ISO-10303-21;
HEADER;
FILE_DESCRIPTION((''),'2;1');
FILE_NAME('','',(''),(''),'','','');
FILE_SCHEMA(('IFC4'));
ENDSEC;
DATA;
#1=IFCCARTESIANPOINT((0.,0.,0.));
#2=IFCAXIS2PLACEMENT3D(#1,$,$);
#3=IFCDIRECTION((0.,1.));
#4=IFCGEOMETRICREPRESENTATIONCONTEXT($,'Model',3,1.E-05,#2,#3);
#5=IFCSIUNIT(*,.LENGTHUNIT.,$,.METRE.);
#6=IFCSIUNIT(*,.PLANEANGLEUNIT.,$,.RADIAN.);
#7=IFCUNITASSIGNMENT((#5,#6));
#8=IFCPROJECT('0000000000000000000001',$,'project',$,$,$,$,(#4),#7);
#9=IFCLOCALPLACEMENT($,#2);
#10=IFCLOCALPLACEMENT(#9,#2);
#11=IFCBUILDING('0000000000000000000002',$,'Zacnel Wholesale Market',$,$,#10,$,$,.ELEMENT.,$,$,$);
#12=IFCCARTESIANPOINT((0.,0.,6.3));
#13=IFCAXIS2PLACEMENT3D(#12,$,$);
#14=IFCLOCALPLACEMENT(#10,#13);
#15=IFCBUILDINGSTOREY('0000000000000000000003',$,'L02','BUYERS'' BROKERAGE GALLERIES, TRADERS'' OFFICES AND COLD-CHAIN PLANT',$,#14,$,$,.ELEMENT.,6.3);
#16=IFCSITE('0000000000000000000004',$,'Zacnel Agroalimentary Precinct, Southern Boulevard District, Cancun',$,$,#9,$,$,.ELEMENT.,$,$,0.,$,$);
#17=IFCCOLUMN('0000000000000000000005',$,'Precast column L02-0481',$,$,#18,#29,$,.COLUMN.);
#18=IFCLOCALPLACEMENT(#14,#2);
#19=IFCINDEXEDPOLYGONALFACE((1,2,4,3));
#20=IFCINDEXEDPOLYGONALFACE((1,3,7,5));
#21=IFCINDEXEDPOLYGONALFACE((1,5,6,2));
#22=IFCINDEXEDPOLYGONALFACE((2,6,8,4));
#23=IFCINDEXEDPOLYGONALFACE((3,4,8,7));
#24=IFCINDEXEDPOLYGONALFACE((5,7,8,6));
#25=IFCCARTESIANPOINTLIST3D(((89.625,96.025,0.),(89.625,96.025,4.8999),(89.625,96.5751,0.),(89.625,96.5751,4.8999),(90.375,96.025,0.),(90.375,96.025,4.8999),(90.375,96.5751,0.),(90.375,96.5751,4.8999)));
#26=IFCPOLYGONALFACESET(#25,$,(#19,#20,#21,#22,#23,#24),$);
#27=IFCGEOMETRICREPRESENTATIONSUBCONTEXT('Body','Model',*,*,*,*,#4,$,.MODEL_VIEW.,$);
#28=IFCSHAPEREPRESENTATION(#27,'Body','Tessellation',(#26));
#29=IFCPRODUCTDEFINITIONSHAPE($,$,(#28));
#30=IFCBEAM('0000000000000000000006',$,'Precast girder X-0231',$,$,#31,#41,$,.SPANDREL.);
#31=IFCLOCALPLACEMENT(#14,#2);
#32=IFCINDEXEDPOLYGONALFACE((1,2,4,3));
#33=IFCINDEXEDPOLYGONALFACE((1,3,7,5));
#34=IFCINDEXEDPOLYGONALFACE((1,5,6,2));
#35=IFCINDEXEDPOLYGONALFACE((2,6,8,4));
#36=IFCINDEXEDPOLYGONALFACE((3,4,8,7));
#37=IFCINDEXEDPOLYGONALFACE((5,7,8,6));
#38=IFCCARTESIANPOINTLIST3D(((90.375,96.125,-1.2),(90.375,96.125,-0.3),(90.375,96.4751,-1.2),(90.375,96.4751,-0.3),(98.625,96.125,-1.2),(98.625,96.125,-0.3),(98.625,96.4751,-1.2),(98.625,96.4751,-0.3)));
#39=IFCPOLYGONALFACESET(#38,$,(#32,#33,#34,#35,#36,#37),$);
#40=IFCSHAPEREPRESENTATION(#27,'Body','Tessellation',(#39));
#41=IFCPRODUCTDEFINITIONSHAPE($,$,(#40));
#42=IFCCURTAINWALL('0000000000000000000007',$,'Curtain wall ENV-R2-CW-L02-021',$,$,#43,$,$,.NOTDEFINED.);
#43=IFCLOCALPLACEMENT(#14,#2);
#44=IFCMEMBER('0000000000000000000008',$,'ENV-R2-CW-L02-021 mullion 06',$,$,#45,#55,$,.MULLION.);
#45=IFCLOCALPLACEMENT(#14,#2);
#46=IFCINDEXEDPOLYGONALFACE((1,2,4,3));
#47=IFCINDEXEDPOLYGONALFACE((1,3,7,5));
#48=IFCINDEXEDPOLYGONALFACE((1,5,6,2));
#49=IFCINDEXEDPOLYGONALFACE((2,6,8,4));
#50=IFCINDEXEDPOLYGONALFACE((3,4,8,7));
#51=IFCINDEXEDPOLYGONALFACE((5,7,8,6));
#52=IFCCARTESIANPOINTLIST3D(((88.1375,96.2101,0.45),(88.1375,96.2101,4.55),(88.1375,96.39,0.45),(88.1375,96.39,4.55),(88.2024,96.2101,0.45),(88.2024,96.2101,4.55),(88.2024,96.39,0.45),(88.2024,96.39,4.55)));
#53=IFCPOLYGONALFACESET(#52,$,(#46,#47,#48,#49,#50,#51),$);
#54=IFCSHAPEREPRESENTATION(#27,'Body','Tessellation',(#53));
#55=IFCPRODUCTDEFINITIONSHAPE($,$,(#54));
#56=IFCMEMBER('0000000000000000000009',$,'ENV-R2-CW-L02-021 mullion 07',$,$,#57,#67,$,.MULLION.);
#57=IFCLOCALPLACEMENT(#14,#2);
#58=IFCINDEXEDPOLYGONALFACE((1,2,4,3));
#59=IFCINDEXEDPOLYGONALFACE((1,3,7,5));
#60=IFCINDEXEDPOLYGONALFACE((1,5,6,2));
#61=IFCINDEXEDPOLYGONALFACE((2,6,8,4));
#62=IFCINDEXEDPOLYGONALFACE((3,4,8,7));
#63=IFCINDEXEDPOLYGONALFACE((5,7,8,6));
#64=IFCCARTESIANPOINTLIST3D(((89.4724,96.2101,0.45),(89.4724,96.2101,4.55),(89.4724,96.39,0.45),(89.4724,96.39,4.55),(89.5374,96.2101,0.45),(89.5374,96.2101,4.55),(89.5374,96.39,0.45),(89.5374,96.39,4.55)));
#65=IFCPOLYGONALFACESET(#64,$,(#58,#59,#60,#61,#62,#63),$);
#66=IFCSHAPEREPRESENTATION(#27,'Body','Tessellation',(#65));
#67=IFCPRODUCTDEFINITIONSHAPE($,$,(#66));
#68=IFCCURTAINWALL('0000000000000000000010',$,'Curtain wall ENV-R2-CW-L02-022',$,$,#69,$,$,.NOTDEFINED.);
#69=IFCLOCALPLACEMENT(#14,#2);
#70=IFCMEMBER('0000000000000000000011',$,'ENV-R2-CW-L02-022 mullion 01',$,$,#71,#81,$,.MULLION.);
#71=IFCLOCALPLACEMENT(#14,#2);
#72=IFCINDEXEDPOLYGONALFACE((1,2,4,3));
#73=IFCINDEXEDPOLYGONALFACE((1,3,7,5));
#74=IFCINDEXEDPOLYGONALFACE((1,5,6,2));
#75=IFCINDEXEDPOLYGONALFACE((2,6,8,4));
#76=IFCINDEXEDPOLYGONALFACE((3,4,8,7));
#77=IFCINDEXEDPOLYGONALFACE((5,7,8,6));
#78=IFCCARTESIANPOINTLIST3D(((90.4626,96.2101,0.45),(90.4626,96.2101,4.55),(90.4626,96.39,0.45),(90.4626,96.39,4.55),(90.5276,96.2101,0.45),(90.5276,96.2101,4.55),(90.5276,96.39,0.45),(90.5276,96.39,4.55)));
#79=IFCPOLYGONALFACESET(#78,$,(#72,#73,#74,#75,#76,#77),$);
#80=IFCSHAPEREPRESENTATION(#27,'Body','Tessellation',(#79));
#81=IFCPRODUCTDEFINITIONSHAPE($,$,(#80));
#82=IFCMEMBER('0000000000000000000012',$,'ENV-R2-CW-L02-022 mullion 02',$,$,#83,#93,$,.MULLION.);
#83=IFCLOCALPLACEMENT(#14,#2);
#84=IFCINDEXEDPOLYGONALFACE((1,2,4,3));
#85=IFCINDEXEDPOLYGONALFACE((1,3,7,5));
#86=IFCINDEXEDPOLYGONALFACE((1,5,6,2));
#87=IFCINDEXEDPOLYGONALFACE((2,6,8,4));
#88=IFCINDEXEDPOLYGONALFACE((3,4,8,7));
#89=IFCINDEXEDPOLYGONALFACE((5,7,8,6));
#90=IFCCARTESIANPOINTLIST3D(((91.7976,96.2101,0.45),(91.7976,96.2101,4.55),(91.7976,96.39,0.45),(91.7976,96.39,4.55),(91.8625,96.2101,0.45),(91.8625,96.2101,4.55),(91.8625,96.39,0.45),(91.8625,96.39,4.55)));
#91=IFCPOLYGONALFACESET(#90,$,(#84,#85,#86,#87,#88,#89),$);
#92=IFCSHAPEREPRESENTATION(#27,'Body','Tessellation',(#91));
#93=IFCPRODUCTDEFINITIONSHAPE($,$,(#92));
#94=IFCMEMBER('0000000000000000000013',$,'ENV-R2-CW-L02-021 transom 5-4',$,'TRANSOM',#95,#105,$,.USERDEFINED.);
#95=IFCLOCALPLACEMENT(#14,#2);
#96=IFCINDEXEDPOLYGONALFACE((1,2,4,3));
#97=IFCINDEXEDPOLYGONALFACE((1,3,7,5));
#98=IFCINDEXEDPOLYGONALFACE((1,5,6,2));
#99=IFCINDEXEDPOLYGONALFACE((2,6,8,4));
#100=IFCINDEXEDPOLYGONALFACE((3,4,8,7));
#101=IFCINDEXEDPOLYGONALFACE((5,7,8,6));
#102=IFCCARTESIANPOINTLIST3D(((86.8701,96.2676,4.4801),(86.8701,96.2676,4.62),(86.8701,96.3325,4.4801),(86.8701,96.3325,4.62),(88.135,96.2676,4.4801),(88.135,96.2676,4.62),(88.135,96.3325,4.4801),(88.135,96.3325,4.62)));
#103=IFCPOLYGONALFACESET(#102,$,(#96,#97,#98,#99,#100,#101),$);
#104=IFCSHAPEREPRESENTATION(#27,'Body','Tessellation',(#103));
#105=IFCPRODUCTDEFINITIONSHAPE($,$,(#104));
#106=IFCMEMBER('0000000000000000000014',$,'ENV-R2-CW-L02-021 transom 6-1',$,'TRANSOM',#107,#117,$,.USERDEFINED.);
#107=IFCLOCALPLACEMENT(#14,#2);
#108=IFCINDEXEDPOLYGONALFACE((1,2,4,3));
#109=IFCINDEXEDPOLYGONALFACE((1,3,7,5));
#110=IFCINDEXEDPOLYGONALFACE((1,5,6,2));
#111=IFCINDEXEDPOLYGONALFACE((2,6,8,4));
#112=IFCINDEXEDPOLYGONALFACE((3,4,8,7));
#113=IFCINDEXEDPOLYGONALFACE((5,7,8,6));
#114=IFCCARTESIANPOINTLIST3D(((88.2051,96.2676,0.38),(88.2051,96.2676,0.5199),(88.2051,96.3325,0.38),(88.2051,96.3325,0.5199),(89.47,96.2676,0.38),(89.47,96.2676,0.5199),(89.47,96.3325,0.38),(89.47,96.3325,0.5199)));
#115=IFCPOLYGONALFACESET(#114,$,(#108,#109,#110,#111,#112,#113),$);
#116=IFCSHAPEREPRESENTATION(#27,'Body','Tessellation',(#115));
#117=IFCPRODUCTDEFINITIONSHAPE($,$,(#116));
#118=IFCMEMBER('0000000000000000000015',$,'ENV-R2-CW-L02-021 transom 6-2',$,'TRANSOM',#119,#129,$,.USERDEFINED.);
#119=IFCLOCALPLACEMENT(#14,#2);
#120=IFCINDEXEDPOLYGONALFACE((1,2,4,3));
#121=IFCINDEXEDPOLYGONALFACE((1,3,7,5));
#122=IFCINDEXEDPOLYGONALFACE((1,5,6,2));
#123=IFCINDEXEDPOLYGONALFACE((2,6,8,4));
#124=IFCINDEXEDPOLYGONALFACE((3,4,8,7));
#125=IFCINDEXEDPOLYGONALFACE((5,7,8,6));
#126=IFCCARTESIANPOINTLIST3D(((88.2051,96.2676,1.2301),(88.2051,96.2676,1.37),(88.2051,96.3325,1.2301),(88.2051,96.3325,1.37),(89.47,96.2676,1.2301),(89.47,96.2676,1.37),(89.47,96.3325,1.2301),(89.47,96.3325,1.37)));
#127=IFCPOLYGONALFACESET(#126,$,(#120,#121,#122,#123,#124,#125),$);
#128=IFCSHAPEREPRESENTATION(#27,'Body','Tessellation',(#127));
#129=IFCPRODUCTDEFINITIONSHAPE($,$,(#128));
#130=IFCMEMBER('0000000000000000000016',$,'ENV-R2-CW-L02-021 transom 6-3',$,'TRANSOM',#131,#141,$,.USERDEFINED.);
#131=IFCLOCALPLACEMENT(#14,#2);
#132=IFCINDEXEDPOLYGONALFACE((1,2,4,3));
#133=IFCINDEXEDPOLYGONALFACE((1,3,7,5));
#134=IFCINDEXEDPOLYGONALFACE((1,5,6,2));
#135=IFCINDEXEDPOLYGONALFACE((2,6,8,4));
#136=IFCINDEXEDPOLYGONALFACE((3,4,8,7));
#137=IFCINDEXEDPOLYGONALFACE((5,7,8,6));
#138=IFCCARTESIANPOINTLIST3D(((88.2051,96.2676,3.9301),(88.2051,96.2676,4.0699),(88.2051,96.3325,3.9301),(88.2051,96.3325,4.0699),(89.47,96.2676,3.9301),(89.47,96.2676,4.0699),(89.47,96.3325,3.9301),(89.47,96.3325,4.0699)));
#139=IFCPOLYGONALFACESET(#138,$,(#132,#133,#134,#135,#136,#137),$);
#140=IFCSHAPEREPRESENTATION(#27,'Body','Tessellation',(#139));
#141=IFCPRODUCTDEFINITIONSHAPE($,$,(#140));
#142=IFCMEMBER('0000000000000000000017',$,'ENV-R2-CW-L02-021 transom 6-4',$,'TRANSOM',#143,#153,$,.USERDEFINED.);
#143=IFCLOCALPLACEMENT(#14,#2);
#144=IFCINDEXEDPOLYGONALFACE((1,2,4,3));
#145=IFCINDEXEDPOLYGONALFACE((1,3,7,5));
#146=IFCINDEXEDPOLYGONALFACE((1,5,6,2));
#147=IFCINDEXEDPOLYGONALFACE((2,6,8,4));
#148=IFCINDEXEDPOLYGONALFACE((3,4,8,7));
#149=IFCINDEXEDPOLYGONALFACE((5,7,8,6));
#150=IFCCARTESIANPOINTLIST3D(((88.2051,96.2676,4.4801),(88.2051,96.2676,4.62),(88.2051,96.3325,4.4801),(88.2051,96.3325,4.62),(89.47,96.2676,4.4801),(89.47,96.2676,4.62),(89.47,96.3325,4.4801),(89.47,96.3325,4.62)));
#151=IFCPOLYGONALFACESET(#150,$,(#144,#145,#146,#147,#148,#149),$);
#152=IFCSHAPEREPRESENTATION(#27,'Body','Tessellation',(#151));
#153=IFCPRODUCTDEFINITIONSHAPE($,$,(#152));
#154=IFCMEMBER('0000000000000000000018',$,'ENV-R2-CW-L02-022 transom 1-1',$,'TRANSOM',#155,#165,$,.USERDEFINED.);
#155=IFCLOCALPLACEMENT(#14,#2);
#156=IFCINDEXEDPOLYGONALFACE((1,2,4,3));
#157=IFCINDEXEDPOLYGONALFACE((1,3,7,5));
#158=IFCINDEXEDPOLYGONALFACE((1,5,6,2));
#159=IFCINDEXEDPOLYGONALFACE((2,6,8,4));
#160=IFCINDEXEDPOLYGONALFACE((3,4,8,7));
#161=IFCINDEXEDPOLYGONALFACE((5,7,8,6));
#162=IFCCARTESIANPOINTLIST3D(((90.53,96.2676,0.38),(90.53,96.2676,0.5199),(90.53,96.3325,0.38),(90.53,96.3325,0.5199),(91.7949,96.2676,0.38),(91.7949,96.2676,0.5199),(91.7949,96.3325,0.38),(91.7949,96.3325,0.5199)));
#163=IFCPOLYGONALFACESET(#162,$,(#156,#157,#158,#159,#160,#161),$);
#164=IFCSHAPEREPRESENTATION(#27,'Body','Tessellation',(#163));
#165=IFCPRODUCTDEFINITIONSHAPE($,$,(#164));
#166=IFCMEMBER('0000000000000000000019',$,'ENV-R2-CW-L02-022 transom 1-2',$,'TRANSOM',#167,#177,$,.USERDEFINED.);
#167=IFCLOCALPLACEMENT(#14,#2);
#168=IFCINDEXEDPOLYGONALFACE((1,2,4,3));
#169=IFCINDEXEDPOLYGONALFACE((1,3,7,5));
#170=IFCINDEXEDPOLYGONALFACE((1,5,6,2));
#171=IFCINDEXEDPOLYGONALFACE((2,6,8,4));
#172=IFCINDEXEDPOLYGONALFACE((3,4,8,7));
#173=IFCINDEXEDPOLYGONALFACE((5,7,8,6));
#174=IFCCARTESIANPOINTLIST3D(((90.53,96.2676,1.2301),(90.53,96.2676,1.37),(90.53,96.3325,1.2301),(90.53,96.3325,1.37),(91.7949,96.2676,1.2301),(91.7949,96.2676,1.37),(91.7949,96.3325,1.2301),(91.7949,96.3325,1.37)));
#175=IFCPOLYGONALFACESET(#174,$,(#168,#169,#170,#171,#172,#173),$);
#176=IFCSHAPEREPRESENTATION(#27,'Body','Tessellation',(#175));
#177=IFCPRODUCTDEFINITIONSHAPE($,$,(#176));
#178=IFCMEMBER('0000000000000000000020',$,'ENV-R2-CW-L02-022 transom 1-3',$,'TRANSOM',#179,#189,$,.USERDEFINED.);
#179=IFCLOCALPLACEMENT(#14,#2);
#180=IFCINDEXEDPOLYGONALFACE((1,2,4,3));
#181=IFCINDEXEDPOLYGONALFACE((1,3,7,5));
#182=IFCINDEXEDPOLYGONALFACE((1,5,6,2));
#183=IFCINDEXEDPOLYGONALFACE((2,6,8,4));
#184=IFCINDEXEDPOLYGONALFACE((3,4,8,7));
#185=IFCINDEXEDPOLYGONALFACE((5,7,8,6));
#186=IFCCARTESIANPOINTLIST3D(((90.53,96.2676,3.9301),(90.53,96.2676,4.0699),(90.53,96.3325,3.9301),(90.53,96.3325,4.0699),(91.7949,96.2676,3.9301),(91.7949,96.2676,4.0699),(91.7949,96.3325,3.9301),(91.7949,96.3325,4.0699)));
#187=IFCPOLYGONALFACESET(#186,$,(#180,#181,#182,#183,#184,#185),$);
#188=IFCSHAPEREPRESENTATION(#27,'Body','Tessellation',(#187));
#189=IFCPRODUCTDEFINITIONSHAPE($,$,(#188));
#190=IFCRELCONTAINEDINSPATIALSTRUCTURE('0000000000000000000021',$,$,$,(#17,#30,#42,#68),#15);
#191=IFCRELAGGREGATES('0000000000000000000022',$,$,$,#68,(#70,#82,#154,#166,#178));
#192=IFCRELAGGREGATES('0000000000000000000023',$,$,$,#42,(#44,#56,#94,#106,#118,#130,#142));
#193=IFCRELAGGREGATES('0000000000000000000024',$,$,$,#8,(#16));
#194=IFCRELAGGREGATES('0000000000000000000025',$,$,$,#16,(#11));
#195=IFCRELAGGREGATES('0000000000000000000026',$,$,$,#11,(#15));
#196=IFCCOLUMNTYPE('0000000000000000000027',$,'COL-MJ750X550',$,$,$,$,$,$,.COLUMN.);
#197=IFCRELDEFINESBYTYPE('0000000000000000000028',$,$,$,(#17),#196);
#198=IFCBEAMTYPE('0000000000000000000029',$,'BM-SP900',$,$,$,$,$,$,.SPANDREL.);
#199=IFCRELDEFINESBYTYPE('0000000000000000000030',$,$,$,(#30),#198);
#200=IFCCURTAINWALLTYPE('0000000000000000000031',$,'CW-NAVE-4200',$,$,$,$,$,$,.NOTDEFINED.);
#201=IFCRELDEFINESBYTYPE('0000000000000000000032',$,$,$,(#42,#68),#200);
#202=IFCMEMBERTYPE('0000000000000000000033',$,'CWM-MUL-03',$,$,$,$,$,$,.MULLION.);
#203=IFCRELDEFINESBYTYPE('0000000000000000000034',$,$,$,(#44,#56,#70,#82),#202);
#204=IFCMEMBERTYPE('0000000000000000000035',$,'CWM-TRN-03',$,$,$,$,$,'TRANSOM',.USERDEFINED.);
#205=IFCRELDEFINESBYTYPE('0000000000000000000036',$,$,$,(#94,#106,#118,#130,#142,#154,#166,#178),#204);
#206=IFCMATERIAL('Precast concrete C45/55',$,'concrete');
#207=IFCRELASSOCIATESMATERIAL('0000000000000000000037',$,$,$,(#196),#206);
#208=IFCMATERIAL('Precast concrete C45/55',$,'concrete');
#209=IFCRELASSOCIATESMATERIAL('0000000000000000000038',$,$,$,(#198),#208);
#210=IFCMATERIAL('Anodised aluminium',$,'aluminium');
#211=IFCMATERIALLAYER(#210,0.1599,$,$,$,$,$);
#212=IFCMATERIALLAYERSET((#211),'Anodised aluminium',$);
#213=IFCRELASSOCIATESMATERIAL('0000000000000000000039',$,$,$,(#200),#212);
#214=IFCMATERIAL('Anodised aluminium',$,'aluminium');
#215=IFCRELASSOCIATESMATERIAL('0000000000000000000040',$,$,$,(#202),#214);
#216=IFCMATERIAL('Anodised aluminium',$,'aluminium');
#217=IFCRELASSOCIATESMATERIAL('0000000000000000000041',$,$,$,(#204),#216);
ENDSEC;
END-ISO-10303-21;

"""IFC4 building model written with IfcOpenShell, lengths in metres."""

from ifc_helpers import new_model, si_unit, direction, frame, origin, origin_2d, place, context, subcontext, project, spatial, rectangle, extrude, material, layer, layer_set, material_profile, profile_set, type_object, element, aggregate, save


model = new_model("IFC4")

# Units and contexts
model_context = context("Model", 3, precision=1e-05, world=origin(), true_north=direction((0.0, 1.0)))
body_context = subcontext(model_context, "Body", "Model", "MODEL_VIEW")
ifc_project = project(units=[si_unit("LENGTHUNIT", "METRE"), si_unit("PLANEANGLEUNIT", "RADIAN")], contexts=[model_context])

# Site, building, storey
site_placement = place(None, origin())
site = spatial("IfcSite", under=ifc_project, at=site_placement, Name="Zacnel Agroalimentary Precinct, Southern Boulevard District, Cancun", CompositionType="ELEMENT", RefElevation=0.0)
building_placement = place(site_placement, origin())
building = spatial("IfcBuilding", under=site, at=building_placement, Name="Zacnel Wholesale Market", CompositionType="ELEMENT")
storey_placement = place(building_placement, frame((0.0, 0.0, 6.3)))
storey = spatial("IfcBuildingStorey", under=building, at=storey_placement, Name="L02", Description="BUYERS' BROKERAGE GALLERIES, TRADERS' OFFICES AND COLD-CHAIN PLANT", CompositionType="ELEMENT", Elevation=6.3)

# Column
ifc_material_1 = material(Name="Precast concrete C45/55", Category="concrete")
ifc_material_profile_1 = material_profile(ifc_material_1, rectangle(XDim=0.75, YDim=0.55, at=origin_2d()), Name="PC 750x550")
ifc_profile_set_1 = profile_set([ifc_material_profile_1], Name="Precast concrete C45/55")
column_type = type_object("IfcColumnType", Name="COL-MJ750X550", PredefinedType="COLUMN", material=ifc_profile_set_1)
column_placement = place(storey_placement, frame((90.0, 96.3, 0.0), z_axis=(0.0, 0.0, 1.0), x_axis=(1.0, 0.0, 0.0)))
element("IfcColumn", 1, at=column_placement, inside=storey, type_object=column_type, Name="Precast column L02-0481", PredefinedType="COLUMN", context=body_context, shape_type="SweptSolid", body=[
    extrude(rectangle(XDim=0.75, YDim=0.55, at=origin_2d()), origin(), (0.0, 0.0, 1.0), 4.8999),
])

# Beam
ifc_material_2 = material(Name="Precast concrete C45/55", Category="concrete")
ifc_material_profile_2 = material_profile(ifc_material_2, rectangle(XDim=0.3501, YDim=0.8999, at=origin_2d()), Name="SP 350x900")
ifc_profile_set_2 = profile_set([ifc_material_profile_2], Name="Precast concrete C45/55")
beam_type = type_object("IfcBeamType", Name="BM-SP900", PredefinedType="SPANDREL", material=ifc_profile_set_2)
beam_placement = place(storey_placement, frame((90.375, 96.3, -0.75), z_axis=(1.0, 0.0, 0.0), x_axis=(0.0, 1.0, 0.0)))
element("IfcBeam", 2, at=beam_placement, inside=storey, type_object=beam_type, Name="Precast girder X-0231", PredefinedType="SPANDREL", context=body_context, shape_type="SweptSolid", body=[
    extrude(rectangle(XDim=0.3501, YDim=0.8999, at=origin_2d()), origin(), (0.0, 0.0, 1.0), 8.25),
])

# Curtain walls, members
ifc_material_3 = material(Name="Anodised aluminium", Category="aluminium")
ifc_layer_1 = layer(ifc_material_3, 0.1599)
ifc_layer_set_1 = layer_set([ifc_layer_1], Name="Anodised aluminium")
curtain_wall_type = type_object("IfcCurtainWallType", Name="CW-NAVE-4200", PredefinedType="NOTDEFINED", material=ifc_layer_set_1)
curtain_wall_1_placement = place(storey_placement, origin())
curtain_wall_1 = element("IfcCurtainWall", 3, at=curtain_wall_1_placement, inside=storey, type_object=curtain_wall_type, Name="Curtain wall ENV-R2-CW-L02-021", PredefinedType="NOTDEFINED")
ifc_material_4 = material(Name="Anodised aluminium", Category="aluminium")
ifc_material_profile_3 = material_profile(ifc_material_4, rectangle(XDim=0.0649, YDim=0.1799, at=origin_2d()), Name="AW-MULLION 65x180")
ifc_profile_set_3 = profile_set([ifc_material_profile_3], Name="Anodised aluminium")
member_type_1 = type_object("IfcMemberType", Name="CWM-MUL-03", PredefinedType="MULLION", material=ifc_profile_set_3)
member_1_placement = place(storey_placement, frame((88.1699, 96.3, 0.45), z_axis=(0.0, 0.0, 1.0), x_axis=(1.0, 0.0, 0.0)))
member_1 = element("IfcMember", 4, at=member_1_placement, type_object=member_type_1, Name="ENV-R2-CW-L02-021 mullion 06", PredefinedType="MULLION", context=body_context, shape_type="SweptSolid", body=[
    extrude(rectangle(XDim=0.0649, YDim=0.1799, at=origin_2d()), origin(), (0.0, 0.0, 1.0), 4.1001),
])
member_2_placement = place(storey_placement, frame((89.5049, 96.3, 0.45), z_axis=(0.0, 0.0, 1.0), x_axis=(1.0, 0.0, 0.0)))
member_2 = element("IfcMember", 5, at=member_2_placement, type_object=member_type_1, Name="ENV-R2-CW-L02-021 mullion 07", PredefinedType="MULLION", context=body_context, shape_type="SweptSolid", body=[
    extrude(rectangle(XDim=0.0649, YDim=0.1799, at=origin_2d()), origin(), (0.0, 0.0, 1.0), 4.1001),
])
curtain_wall_2_placement = place(storey_placement, origin())
curtain_wall_2 = element("IfcCurtainWall", 6, at=curtain_wall_2_placement, inside=storey, type_object=curtain_wall_type, Name="Curtain wall ENV-R2-CW-L02-022", PredefinedType="NOTDEFINED")
member_3_placement = place(storey_placement, frame((90.4951, 96.3, 0.45), z_axis=(0.0, 0.0, 1.0), x_axis=(1.0, 0.0, 0.0)))
member_3 = element("IfcMember", 7, at=member_3_placement, type_object=member_type_1, Name="ENV-R2-CW-L02-022 mullion 01", PredefinedType="MULLION", context=body_context, shape_type="SweptSolid", body=[
    extrude(rectangle(XDim=0.0649, YDim=0.1799, at=origin_2d()), origin(), (0.0, 0.0, 1.0), 4.1001),
])
member_4_placement = place(storey_placement, frame((91.8301, 96.3, 0.45), z_axis=(0.0, 0.0, 1.0), x_axis=(1.0, 0.0, 0.0)))
member_4 = element("IfcMember", 8, at=member_4_placement, type_object=member_type_1, Name="ENV-R2-CW-L02-022 mullion 02", PredefinedType="MULLION", context=body_context, shape_type="SweptSolid", body=[
    extrude(rectangle(XDim=0.0649, YDim=0.1799, at=origin_2d()), origin(), (0.0, 0.0, 1.0), 4.1001),
])

# Members
ifc_material_5 = material(Name="Anodised aluminium", Category="aluminium")
ifc_material_profile_4 = material_profile(ifc_material_5, rectangle(XDim=0.0649, YDim=0.1399, at=origin_2d()), Name="AW-TRANSOM 65x140")
ifc_profile_set_4 = profile_set([ifc_material_profile_4], Name="Anodised aluminium")
member_type_2 = type_object("IfcMemberType", Name="CWM-TRN-03", ElementType="TRANSOM", PredefinedType="USERDEFINED", material=ifc_profile_set_4)
member_5_placement = place(storey_placement, frame((86.8701, 96.3, 4.55), z_axis=(1.0, 0.0, 0.0), x_axis=(0.0, 1.0, 0.0)))
member_5 = element("IfcMember", 9, at=member_5_placement, type_object=member_type_2, Name="ENV-R2-CW-L02-021 transom 5-4", ObjectType="TRANSOM", PredefinedType="USERDEFINED", context=body_context, shape_type="SweptSolid", body=[
    extrude(rectangle(XDim=0.0649, YDim=0.1399, at=origin_2d()), origin(), (0.0, 0.0, 1.0), 1.2649),
])
member_6_placement = place(storey_placement, frame((88.2051, 96.3, 0.45), z_axis=(1.0, 0.0, 0.0), x_axis=(0.0, 1.0, 0.0)))
member_6 = element("IfcMember", 10, at=member_6_placement, type_object=member_type_2, Name="ENV-R2-CW-L02-021 transom 6-1", ObjectType="TRANSOM", PredefinedType="USERDEFINED", context=body_context, shape_type="SweptSolid", body=[
    extrude(rectangle(XDim=0.0649, YDim=0.1399, at=origin_2d()), origin(), (0.0, 0.0, 1.0), 1.2649),
])
member_7_placement = place(storey_placement, frame((88.2051, 96.3, 1.3), z_axis=(1.0, 0.0, 0.0), x_axis=(0.0, 1.0, 0.0)))
member_7 = element("IfcMember", 11, at=member_7_placement, type_object=member_type_2, Name="ENV-R2-CW-L02-021 transom 6-2", ObjectType="TRANSOM", PredefinedType="USERDEFINED", context=body_context, shape_type="SweptSolid", body=[
    extrude(rectangle(XDim=0.0649, YDim=0.1399, at=origin_2d()), origin(), (0.0, 0.0, 1.0), 1.2649),
])
member_8_placement = place(storey_placement, frame((88.2051, 96.3, 4.0), z_axis=(1.0, 0.0, 0.0), x_axis=(0.0, 1.0, 0.0)))
member_8 = element("IfcMember", 12, at=member_8_placement, type_object=member_type_2, Name="ENV-R2-CW-L02-021 transom 6-3", ObjectType="TRANSOM", PredefinedType="USERDEFINED", context=body_context, shape_type="SweptSolid", body=[
    extrude(rectangle(XDim=0.0649, YDim=0.1399, at=origin_2d()), origin(), (0.0, 0.0, 1.0), 1.2649),
])
member_9_placement = place(storey_placement, frame((88.2051, 96.3, 4.55), z_axis=(1.0, 0.0, 0.0), x_axis=(0.0, 1.0, 0.0)))
member_9 = element("IfcMember", 13, at=member_9_placement, type_object=member_type_2, Name="ENV-R2-CW-L02-021 transom 6-4", ObjectType="TRANSOM", PredefinedType="USERDEFINED", context=body_context, shape_type="SweptSolid", body=[
    extrude(rectangle(XDim=0.0649, YDim=0.1399, at=origin_2d()), origin(), (0.0, 0.0, 1.0), 1.2649),
])
member_10_placement = place(storey_placement, frame((90.53, 96.3, 0.45), z_axis=(1.0, 0.0, 0.0), x_axis=(0.0, 1.0, 0.0)))
member_10 = element("IfcMember", 14, at=member_10_placement, type_object=member_type_2, Name="ENV-R2-CW-L02-022 transom 1-1", ObjectType="TRANSOM", PredefinedType="USERDEFINED", context=body_context, shape_type="SweptSolid", body=[
    extrude(rectangle(XDim=0.0649, YDim=0.1399, at=origin_2d()), origin(), (0.0, 0.0, 1.0), 1.2649),
])
member_11_placement = place(storey_placement, frame((90.53, 96.3, 1.3), z_axis=(1.0, 0.0, 0.0), x_axis=(0.0, 1.0, 0.0)))
member_11 = element("IfcMember", 15, at=member_11_placement, type_object=member_type_2, Name="ENV-R2-CW-L02-022 transom 1-2", ObjectType="TRANSOM", PredefinedType="USERDEFINED", context=body_context, shape_type="SweptSolid", body=[
    extrude(rectangle(XDim=0.0649, YDim=0.1399, at=origin_2d()), origin(), (0.0, 0.0, 1.0), 1.2649),
])
member_12_placement = place(storey_placement, frame((90.53, 96.3, 4.0), z_axis=(1.0, 0.0, 0.0), x_axis=(0.0, 1.0, 0.0)))
member_12 = element("IfcMember", 16, at=member_12_placement, type_object=member_type_2, Name="ENV-R2-CW-L02-022 transom 1-3", ObjectType="TRANSOM", PredefinedType="USERDEFINED", context=body_context, shape_type="SweptSolid", body=[
    extrude(rectangle(XDim=0.0649, YDim=0.1399, at=origin_2d()), origin(), (0.0, 0.0, 1.0), 1.2649),
])

aggregate(curtain_wall_2, [member_3, member_4, member_10, member_11, member_12])
aggregate(curtain_wall_1, [member_1, member_2, member_5, member_6, member_7, member_8, member_9])

save(model, "model.ifc")
